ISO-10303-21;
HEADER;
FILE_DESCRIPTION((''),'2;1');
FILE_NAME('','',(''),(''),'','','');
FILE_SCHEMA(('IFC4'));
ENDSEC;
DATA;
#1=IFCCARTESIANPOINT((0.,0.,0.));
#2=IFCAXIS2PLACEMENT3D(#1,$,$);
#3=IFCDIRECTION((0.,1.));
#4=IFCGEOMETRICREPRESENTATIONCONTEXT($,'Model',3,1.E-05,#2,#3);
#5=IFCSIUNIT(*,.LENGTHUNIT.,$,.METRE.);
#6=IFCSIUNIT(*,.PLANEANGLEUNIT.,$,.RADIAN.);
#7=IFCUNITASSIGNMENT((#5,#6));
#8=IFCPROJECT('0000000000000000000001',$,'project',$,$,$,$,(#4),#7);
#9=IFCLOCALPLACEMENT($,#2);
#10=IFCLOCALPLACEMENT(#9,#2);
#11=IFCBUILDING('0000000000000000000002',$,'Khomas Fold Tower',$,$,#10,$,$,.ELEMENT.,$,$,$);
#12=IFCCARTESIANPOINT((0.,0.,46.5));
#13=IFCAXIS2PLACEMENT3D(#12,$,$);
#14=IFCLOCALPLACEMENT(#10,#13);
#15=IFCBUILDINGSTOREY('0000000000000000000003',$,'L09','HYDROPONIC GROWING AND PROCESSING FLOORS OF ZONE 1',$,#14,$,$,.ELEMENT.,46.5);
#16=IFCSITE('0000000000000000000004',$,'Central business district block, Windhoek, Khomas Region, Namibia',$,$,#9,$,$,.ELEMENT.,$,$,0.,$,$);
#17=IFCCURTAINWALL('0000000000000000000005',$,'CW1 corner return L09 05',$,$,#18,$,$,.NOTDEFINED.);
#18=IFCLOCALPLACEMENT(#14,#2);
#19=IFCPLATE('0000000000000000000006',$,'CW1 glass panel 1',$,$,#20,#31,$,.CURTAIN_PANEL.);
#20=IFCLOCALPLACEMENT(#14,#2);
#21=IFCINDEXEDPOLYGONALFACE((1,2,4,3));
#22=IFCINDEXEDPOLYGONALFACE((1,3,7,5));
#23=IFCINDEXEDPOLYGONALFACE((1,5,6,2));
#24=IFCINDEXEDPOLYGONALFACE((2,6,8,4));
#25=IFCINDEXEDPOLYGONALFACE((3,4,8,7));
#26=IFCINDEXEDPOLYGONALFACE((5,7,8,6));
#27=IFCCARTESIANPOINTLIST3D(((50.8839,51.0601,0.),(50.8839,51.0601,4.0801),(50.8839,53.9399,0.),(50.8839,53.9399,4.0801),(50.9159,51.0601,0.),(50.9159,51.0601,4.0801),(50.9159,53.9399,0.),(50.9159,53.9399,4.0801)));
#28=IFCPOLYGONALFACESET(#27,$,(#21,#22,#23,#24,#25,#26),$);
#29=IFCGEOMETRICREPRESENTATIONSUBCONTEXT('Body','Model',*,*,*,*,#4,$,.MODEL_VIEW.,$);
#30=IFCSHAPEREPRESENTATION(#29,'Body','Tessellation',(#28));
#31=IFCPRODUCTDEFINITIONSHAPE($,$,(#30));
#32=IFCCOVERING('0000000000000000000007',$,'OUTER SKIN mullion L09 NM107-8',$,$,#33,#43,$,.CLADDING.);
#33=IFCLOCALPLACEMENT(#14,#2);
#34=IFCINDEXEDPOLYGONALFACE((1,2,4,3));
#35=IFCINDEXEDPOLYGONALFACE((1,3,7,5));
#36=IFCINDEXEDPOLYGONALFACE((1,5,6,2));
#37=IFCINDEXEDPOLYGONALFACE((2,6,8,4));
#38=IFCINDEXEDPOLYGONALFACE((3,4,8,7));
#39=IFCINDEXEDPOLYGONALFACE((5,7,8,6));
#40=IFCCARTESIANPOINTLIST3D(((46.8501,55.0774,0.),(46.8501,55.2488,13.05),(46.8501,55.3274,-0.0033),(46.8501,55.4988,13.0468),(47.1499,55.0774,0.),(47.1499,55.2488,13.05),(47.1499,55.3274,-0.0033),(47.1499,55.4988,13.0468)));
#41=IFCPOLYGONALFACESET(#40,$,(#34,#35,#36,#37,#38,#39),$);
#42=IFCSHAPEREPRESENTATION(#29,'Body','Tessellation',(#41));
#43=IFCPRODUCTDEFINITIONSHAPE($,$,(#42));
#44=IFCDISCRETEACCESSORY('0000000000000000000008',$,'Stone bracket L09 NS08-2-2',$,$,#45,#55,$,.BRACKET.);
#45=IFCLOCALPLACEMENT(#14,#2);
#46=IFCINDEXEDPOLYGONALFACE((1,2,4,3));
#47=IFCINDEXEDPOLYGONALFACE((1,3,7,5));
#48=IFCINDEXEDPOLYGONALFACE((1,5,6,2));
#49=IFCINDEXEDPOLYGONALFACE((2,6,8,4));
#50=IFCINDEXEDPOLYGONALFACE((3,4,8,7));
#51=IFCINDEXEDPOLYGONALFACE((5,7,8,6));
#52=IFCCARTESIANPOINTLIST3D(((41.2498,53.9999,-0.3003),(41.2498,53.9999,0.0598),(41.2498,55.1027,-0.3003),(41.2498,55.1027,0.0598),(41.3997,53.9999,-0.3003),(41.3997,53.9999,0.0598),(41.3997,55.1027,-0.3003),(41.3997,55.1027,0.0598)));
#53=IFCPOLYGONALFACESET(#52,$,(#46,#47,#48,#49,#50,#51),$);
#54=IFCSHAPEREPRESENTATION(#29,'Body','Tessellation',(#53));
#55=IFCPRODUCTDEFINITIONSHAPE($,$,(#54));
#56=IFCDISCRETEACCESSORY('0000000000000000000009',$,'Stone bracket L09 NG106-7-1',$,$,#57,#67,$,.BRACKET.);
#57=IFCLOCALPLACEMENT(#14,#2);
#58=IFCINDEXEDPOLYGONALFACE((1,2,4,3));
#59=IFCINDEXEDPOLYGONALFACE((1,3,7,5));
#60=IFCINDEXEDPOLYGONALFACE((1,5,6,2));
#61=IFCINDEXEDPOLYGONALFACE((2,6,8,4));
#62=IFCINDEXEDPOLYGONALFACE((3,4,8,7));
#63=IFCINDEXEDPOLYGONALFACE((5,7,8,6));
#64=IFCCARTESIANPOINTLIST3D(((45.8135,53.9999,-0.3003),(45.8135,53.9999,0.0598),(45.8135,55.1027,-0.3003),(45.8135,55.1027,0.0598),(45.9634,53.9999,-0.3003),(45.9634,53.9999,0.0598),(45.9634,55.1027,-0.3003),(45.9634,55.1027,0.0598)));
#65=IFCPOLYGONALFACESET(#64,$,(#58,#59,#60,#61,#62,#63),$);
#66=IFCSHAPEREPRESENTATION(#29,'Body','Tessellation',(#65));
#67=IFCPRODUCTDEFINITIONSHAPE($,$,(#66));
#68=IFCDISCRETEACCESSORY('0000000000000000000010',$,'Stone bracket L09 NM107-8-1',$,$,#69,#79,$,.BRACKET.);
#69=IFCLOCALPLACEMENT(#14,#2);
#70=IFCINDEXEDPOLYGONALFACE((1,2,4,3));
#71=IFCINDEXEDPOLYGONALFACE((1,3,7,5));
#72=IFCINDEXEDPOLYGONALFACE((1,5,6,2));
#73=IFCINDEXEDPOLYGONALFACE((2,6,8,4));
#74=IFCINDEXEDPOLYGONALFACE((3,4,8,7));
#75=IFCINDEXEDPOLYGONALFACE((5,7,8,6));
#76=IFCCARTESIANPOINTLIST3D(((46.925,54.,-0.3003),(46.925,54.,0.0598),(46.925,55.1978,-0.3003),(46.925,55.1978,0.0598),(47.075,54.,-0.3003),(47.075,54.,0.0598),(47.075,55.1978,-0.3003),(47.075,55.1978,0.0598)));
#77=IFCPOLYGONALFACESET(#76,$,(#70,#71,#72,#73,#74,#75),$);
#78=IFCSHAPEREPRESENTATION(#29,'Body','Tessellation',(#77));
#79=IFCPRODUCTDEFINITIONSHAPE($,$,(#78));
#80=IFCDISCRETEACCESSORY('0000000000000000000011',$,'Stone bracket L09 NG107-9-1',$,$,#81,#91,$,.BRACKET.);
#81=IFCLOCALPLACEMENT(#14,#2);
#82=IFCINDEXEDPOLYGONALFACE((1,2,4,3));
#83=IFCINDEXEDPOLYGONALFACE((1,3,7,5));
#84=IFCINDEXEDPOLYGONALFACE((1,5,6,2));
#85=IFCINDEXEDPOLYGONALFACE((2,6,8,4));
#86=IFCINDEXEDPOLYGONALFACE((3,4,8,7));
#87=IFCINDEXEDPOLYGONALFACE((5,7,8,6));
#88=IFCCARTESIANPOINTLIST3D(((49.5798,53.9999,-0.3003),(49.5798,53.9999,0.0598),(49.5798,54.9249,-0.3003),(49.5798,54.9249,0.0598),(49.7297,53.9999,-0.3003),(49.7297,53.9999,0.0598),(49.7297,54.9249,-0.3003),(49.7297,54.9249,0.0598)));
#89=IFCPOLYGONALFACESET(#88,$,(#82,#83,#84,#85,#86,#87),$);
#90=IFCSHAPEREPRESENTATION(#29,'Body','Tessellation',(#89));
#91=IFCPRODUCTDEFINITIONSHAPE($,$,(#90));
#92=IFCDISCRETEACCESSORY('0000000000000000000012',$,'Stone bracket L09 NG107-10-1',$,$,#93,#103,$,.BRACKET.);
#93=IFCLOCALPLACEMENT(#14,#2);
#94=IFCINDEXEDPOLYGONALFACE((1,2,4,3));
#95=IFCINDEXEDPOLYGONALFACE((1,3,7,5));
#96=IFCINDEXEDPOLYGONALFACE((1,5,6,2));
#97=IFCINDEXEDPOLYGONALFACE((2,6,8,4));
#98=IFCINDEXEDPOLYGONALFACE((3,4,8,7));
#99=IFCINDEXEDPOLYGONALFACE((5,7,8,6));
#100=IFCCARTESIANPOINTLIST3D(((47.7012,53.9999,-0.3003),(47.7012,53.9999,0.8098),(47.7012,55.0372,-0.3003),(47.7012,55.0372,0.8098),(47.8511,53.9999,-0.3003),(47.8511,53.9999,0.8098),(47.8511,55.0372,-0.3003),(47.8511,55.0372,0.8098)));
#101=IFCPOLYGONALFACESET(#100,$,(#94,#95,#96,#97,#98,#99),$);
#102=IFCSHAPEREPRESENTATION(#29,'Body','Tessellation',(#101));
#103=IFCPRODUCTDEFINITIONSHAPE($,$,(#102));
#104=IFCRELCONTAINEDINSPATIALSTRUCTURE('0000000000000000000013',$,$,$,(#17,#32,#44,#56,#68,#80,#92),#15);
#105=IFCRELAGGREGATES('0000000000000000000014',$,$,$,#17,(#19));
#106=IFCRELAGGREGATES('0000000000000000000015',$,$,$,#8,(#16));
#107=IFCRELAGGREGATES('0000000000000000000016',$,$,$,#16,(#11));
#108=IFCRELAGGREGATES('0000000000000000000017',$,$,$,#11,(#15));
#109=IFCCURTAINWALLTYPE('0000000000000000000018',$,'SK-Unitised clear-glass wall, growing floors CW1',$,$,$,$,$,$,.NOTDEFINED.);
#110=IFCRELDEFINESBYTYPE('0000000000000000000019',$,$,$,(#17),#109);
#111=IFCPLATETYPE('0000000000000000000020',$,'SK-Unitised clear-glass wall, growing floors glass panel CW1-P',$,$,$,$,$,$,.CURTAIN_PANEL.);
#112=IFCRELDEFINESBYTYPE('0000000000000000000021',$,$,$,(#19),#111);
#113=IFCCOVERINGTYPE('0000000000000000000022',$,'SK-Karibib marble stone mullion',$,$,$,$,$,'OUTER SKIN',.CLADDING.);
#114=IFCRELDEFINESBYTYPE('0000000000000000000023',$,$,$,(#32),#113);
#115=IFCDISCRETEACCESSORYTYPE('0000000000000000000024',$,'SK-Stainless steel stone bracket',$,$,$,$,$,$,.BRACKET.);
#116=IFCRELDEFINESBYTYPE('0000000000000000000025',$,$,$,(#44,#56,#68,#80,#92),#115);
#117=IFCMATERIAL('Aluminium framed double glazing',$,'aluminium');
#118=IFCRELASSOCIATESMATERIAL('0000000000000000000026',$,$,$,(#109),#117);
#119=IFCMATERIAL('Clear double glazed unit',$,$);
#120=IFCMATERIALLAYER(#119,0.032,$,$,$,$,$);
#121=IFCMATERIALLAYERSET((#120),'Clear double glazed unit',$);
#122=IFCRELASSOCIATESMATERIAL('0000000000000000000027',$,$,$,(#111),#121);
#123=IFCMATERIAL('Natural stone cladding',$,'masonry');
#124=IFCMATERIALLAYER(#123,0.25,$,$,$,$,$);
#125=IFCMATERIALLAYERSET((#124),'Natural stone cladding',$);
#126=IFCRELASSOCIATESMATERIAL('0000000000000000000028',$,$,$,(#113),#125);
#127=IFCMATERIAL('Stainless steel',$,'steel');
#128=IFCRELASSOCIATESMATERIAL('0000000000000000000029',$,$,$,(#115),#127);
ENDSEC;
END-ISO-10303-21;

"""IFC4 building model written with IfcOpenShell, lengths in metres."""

from ifc_helpers import new_model, si_unit, direction, frame, origin, origin_2d, place, context, subcontext, project, spatial, polyline, rectangle, outline, extrude, source, transform, mapped, material, layer, layer_set, type_object, element, aggregate, save


model = new_model("IFC4")

# Units and contexts
model_context = context("Model", 3, precision=1e-05, world=origin(), true_north=direction((0.0, 1.0)))
body_context = subcontext(model_context, "Body", "Model", "MODEL_VIEW")
ifc_project = project(units=[si_unit("LENGTHUNIT", "METRE"), si_unit("PLANEANGLEUNIT", "RADIAN")], contexts=[model_context])

# Site, building, storey
site_placement = place(None, origin())
site = spatial("IfcSite", under=ifc_project, at=site_placement, Name="Central business district block, Windhoek, Khomas Region, Namibia", CompositionType="ELEMENT", RefElevation=0.0)
building_placement = place(site_placement, origin())
building = spatial("IfcBuilding", under=site, at=building_placement, Name="Khomas Fold Tower", CompositionType="ELEMENT")
storey_placement = place(building_placement, frame((0.0, 0.0, 46.5)))
storey = spatial("IfcBuildingStorey", under=building, at=storey_placement, Name="L09", Description="HYDROPONIC GROWING AND PROCESSING FLOORS OF ZONE 1", CompositionType="ELEMENT", Elevation=46.5)

# Shared definitions
ifc_material_1 = material(Name="Aluminium framed double glazing", Category="aluminium")
curtain_wall_type = type_object("IfcCurtainWallType", Name="SK-Unitised clear-glass wall, growing floors CW1", PredefinedType="NOTDEFINED", material=ifc_material_1)

# Curtain wall
curtain_wall_1_placement = place(storey_placement, origin())
curtain_wall_1 = element("IfcCurtainWall", 1, at=curtain_wall_1_placement, inside=storey, type_object=curtain_wall_type, Name="CW1 corner return L09 05", PredefinedType="NOTDEFINED")

# Plate
ifc_material_2 = material(Name="Clear double glazed unit")
ifc_layer_1 = layer(ifc_material_2, 0.032)
ifc_layer_set_1 = layer_set([ifc_layer_1], Name="Clear double glazed unit")
plate_type_1 = type_object("IfcPlateType", Name="SK-Unitised clear-glass wall, growing floors glass panel CW1-P", PredefinedType="CURTAIN_PANEL", material=ifc_layer_set_1)
shared_shape_1 = source(origin(), body_context, "Body", "SweptSolid", [
    extrude(rectangle(XDim=2.8799, YDim=0.032, at=origin_2d()), origin(), (0.0, 0.0, 1.0), 4.0801),
])
plate_1_placement = place(storey_placement, frame((50.8999, 52.5, 0.0), z_axis=(0.0, 0.0, 1.0), x_axis=(0.0, 1.0, 0.0)))
plate_1 = element("IfcPlate", 2, at=plate_1_placement, type_object=plate_type_1, Name="CW1 glass panel 1", PredefinedType="CURTAIN_PANEL", context=body_context, shape_type="MappedRepresentation", body=[
    mapped(shared_shape_1, transform((0.0, 0.0, 0.0))),
])
aggregate(curtain_wall_1, [plate_1])

# Covering
ifc_material_3 = material(Name="Natural stone cladding", Category="masonry")
ifc_layer_2 = layer(ifc_material_3, 0.25)
ifc_layer_set_2 = layer_set([ifc_layer_2], Name="Natural stone cladding")
covering_type = type_object("IfcCoveringType", Name="SK-Karibib marble stone mullion", ElementType="OUTER SKIN", PredefinedType="CLADDING", material=ifc_layer_set_2)
covering_placement = place(storey_placement, frame((47.1499, 55.2488, 13.05), z_axis=(0.0, -0.999914, 0.013132), x_axis=(0.0, -0.013132, -0.999914)))
element("IfcCovering", 3, at=covering_placement, inside=storey, type_object=covering_type, Name="OUTER SKIN mullion L09 NM107-8", PredefinedType="CLADDING", context=body_context, shape_type="SweptSolid", body=[
    extrude(outline(polyline([(0.0, 0.0), (13.0512, 0.0), (13.0512, -0.2998), (0.0, -0.2998), (0.0, 0.0)])), origin(), (0.0, 0.0, -1.0), 0.25),
])

# Discrete accessories
ifc_material_4 = material(Name="Stainless steel", Category="steel")
discrete_accessory_type = type_object("IfcDiscreteAccessoryType", Name="SK-Stainless steel stone bracket", PredefinedType="BRACKET", material=ifc_material_4)
shared_shape_2 = source(origin(), body_context, "Body", "SweptSolid", [
    extrude(rectangle(XDim=1.1028, YDim=0.1499, at=origin_2d()), origin(), (0.0, 0.0, 1.0), 0.3601),
])
for number, where, z_axis, x_axis, name in (
    (4, (41.3247, 54.5513, -0.3003), (0.0, 0.0, 1.0), (0.0, 1.0, 0.0), "Stone bracket L09 NS08-2-2"),
    (5, (45.8884, 54.5513, -0.3003), (0.0, 0.0, 1.0), (0.0, 1.0, 0.0), "Stone bracket L09 NG106-7-1"),
):
    element("IfcDiscreteAccessory", number, at=place(storey_placement, frame(where, z_axis=z_axis, x_axis=x_axis)), inside=storey, type_object=discrete_accessory_type, Name=name, PredefinedType="BRACKET", context=body_context, shape_type="MappedRepresentation", body=[
        mapped(shared_shape_2, transform((0.0, 0.0, 0.0))),
    ])
shared_shape_3 = source(origin(), body_context, "Body", "SweptSolid", [
    extrude(rectangle(XDim=1.1978, YDim=0.1499, at=origin_2d()), origin(), (0.0, 0.0, 1.0), 0.3601),
])
discrete_accessory_1_placement = place(storey_placement, frame((47.0, 54.5989, -0.3003), z_axis=(0.0, 0.0, 1.0), x_axis=(0.0, 1.0, 0.0)))
element("IfcDiscreteAccessory", 6, at=discrete_accessory_1_placement, inside=storey, type_object=discrete_accessory_type, Name="Stone bracket L09 NM107-8-1", PredefinedType="BRACKET", context=body_context, shape_type="MappedRepresentation", body=[
    mapped(shared_shape_3, transform((0.0, 0.0, 0.0))),
])
shared_shape_4 = source(origin(), body_context, "Body", "SweptSolid", [
    extrude(rectangle(XDim=0.925, YDim=0.1499, at=origin_2d()), origin(), (0.0, 0.0, 1.0), 0.3601),
])
discrete_accessory_2_placement = place(storey_placement, frame((49.6548, 54.4624, -0.3003), z_axis=(0.0, 0.0, 1.0), x_axis=(0.0, 1.0, 0.0)))
element("IfcDiscreteAccessory", 7, at=discrete_accessory_2_placement, inside=storey, type_object=discrete_accessory_type, Name="Stone bracket L09 NG107-9-1", PredefinedType="BRACKET", context=body_context, shape_type="MappedRepresentation", body=[
    mapped(shared_shape_4, transform((0.0, 0.0, 0.0))),
])
shared_shape_5 = source(origin(), body_context, "Body", "SweptSolid", [
    extrude(rectangle(XDim=1.0374, YDim=0.1499, at=origin_2d()), origin(), (0.0, 0.0, 1.0), 1.1101),
])
discrete_accessory_3_placement = place(storey_placement, frame((47.7761, 54.5186, -0.3003), z_axis=(0.0, 0.0, 1.0), x_axis=(0.0, 1.0, 0.0)))
element("IfcDiscreteAccessory", 8, at=discrete_accessory_3_placement, inside=storey, type_object=discrete_accessory_type, Name="Stone bracket L09 NG107-10-1", PredefinedType="BRACKET", context=body_context, shape_type="MappedRepresentation", body=[
    mapped(shared_shape_5, transform((0.0, 0.0, 0.0))),
])

save(model, "model.ifc")
